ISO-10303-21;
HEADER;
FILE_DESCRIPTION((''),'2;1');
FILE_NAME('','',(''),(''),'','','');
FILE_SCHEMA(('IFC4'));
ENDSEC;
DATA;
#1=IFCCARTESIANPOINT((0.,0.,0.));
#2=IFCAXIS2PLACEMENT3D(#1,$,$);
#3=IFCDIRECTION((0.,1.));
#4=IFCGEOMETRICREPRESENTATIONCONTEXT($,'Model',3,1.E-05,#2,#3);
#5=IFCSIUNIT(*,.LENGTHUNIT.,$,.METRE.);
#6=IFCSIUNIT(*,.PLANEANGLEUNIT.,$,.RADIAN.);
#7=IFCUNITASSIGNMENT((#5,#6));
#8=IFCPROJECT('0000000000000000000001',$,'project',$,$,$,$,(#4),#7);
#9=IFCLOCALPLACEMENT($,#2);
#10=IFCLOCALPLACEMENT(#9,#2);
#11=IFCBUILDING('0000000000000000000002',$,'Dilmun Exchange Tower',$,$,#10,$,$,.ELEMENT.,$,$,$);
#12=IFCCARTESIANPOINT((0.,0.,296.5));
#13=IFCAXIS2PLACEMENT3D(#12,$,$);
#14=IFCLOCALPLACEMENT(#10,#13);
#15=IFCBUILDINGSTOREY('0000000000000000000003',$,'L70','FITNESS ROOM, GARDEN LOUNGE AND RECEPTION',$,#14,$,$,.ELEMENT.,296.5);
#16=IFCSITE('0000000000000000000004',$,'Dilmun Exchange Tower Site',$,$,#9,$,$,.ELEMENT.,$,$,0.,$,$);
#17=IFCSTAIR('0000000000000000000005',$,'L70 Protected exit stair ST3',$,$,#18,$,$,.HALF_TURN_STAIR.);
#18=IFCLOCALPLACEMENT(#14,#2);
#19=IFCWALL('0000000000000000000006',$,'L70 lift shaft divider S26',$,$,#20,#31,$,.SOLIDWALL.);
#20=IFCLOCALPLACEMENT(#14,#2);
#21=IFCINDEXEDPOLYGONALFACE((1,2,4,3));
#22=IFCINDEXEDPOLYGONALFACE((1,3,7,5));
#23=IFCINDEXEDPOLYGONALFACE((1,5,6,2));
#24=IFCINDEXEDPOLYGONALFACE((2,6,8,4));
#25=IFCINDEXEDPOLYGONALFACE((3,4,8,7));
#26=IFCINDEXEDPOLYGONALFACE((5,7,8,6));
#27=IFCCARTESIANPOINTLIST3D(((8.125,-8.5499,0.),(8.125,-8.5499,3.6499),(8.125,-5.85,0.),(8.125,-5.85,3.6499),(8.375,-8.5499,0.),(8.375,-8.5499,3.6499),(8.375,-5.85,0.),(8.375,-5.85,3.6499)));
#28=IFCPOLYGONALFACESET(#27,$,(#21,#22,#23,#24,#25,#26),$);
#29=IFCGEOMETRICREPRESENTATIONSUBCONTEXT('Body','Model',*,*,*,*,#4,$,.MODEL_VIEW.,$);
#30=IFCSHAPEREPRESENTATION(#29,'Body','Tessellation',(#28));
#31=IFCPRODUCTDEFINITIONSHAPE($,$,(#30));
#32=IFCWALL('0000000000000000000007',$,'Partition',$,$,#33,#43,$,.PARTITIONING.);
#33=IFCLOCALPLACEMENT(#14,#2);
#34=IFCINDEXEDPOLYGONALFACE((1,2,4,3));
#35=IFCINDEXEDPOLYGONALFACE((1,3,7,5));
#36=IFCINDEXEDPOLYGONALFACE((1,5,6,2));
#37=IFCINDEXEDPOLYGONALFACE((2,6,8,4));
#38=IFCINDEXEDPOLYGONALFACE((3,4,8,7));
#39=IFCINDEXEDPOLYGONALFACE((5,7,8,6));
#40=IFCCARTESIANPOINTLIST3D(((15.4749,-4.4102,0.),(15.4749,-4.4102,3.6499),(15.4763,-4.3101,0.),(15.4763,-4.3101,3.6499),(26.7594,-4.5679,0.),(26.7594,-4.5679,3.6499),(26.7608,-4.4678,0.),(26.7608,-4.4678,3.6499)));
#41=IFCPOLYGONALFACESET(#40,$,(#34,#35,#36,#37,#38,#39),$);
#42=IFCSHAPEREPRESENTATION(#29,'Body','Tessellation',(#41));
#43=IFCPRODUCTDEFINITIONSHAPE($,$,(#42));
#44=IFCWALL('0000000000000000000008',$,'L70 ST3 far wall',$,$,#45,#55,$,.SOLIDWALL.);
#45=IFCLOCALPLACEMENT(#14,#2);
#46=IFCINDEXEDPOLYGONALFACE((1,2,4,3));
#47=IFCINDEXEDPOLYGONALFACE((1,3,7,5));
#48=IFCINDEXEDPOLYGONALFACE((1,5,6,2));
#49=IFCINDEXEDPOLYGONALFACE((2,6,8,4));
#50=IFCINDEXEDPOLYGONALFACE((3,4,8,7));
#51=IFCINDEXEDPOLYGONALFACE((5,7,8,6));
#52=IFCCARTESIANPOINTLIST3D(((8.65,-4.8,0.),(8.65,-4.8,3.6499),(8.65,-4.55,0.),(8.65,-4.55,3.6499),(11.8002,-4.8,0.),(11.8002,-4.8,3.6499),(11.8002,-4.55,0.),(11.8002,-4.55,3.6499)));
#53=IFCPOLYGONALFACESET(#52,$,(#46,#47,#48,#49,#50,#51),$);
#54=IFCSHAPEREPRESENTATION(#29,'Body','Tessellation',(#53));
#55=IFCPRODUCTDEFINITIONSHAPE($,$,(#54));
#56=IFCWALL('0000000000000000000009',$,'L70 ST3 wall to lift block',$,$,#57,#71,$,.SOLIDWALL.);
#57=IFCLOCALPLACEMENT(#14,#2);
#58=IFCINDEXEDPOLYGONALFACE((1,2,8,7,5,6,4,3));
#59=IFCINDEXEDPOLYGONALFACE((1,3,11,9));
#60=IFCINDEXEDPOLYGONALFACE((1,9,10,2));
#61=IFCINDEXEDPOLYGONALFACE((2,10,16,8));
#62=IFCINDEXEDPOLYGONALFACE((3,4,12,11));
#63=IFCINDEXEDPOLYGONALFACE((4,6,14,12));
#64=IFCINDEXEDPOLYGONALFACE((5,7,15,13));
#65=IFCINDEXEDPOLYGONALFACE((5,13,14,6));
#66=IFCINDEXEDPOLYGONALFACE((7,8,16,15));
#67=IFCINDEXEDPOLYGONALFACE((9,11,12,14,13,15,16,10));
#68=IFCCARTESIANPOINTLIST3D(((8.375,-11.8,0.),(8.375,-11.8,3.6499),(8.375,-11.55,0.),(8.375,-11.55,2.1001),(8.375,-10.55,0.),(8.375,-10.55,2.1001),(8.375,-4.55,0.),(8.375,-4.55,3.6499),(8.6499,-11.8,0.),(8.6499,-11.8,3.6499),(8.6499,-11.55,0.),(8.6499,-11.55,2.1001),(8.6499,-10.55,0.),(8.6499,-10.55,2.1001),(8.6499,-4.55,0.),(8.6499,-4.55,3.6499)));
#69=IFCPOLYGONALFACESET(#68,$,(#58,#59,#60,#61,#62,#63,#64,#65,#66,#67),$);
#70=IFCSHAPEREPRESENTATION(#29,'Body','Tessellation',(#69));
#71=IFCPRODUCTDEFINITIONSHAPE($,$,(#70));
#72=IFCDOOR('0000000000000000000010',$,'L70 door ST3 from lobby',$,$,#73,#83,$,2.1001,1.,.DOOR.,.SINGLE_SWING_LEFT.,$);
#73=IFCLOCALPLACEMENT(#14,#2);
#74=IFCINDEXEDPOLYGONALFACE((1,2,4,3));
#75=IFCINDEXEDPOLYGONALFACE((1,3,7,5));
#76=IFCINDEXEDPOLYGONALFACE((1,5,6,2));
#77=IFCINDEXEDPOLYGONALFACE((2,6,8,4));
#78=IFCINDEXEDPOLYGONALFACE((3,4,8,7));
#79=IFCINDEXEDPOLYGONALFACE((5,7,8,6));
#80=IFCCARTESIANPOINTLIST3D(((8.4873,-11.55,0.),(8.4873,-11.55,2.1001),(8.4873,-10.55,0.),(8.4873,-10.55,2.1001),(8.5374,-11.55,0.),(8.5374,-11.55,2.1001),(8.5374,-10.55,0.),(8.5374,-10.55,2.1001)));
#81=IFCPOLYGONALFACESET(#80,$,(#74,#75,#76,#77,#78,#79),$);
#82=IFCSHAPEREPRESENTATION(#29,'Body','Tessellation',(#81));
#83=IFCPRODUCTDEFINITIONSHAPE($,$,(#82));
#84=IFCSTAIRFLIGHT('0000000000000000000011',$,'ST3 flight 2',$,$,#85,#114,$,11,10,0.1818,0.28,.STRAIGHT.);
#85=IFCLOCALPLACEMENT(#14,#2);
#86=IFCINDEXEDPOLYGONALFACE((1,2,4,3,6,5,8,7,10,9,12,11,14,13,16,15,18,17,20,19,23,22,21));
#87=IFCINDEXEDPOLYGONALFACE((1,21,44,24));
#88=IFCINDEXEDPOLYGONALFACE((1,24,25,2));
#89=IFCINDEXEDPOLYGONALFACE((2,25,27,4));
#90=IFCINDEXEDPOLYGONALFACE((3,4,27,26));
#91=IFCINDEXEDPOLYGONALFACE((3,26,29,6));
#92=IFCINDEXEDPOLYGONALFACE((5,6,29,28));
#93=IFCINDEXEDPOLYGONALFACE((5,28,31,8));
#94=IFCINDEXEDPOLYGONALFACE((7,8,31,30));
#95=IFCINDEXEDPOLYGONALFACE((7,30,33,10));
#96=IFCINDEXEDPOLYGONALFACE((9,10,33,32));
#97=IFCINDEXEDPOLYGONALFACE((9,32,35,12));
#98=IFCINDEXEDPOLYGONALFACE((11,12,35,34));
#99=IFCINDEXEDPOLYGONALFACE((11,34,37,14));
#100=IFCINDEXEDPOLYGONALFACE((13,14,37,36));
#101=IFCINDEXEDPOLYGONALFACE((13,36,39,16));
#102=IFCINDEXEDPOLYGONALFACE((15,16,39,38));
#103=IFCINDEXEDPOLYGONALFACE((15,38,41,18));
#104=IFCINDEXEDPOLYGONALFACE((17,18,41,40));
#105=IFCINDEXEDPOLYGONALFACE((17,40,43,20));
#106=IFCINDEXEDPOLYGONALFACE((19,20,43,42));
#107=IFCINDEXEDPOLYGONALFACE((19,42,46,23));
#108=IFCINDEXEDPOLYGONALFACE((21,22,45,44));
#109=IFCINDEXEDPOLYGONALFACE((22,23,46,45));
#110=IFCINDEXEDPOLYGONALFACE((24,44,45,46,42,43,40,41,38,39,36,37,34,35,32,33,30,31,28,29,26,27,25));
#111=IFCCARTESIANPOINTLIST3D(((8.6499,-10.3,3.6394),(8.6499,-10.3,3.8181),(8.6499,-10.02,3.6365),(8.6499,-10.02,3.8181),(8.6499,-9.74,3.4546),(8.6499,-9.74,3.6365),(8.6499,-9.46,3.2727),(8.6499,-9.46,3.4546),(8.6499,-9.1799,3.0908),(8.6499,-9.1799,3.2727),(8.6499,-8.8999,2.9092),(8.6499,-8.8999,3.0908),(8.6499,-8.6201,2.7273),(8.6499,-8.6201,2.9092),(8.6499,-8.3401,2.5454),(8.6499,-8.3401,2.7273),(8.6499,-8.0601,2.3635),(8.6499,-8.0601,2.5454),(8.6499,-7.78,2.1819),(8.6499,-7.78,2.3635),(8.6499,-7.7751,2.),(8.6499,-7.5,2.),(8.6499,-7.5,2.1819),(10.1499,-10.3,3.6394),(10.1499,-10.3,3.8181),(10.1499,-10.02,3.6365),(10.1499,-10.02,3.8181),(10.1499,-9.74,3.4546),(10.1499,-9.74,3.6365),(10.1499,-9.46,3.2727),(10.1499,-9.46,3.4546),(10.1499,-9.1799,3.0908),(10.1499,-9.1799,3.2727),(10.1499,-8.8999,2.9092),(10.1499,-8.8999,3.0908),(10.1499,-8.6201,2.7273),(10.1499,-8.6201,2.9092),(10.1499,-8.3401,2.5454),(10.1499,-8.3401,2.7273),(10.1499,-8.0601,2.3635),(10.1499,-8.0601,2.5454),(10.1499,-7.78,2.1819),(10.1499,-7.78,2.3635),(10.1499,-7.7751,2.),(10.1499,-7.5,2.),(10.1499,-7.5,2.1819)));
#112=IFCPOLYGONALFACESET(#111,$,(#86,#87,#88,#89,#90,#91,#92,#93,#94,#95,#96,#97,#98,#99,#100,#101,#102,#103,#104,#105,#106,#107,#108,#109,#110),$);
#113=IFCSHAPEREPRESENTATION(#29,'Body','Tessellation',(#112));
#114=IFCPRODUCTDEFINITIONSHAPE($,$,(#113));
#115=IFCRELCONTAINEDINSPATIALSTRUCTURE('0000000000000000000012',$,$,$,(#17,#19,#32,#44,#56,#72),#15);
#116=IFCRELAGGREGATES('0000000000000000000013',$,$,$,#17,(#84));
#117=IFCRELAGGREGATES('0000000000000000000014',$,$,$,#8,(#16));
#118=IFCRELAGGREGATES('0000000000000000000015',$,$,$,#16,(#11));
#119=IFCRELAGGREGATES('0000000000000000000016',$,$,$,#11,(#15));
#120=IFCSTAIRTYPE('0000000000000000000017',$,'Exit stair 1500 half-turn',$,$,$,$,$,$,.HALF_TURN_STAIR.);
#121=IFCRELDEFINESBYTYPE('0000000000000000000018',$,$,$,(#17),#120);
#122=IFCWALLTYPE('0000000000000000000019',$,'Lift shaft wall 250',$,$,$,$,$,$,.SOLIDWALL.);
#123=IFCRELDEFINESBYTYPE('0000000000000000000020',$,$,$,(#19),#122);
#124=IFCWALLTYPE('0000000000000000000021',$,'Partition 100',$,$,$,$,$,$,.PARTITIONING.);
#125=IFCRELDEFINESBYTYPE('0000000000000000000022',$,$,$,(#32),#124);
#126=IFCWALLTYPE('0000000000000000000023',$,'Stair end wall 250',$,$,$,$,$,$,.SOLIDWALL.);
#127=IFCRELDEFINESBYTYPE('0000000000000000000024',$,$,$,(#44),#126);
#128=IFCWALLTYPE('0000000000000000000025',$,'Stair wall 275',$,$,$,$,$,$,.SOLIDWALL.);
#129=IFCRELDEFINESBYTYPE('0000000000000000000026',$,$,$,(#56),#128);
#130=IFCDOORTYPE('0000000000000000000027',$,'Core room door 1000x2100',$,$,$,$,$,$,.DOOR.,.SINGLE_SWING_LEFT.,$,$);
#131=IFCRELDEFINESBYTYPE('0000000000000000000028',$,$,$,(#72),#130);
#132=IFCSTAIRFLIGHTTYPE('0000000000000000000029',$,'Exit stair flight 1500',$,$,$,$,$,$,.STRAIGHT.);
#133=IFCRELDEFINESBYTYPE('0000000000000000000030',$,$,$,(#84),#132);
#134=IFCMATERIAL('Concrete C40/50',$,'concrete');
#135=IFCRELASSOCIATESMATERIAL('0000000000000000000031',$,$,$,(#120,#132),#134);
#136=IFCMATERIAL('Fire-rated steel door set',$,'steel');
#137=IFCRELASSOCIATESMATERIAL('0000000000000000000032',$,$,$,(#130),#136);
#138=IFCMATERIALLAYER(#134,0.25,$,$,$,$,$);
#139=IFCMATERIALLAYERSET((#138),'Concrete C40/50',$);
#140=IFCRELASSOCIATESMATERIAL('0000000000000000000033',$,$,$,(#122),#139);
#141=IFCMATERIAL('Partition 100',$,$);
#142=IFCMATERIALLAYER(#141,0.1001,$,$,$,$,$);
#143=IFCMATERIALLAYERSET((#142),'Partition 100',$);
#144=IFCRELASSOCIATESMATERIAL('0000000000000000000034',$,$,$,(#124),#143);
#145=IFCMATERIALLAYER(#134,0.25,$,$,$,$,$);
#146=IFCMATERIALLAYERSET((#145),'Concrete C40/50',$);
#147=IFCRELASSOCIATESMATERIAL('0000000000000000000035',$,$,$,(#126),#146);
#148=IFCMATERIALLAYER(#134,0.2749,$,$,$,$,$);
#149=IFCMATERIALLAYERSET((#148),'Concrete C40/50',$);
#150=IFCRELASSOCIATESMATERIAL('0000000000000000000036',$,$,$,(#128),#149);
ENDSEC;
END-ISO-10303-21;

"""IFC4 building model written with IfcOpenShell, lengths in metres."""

from ifc_helpers import new_model, si_unit, direction, frame, frame_2d, origin, place, context, subcontext, project, spatial, polyline, rectangle, outline, extrude, material, layer, layer_set, type_object, element, fill, aggregate, save


model = new_model("IFC4")

# Units and contexts
model_context = context("Model", 3, precision=1e-05, world=origin(), true_north=direction((0.0, 1.0)))
body_context = subcontext(model_context, "Body", "Model", "MODEL_VIEW")
ifc_project = project(units=[si_unit("LENGTHUNIT", "METRE"), si_unit("PLANEANGLEUNIT", "RADIAN")], contexts=[model_context])

# Site, building, storey
site_placement = place(None, origin())
site = spatial("IfcSite", under=ifc_project, at=site_placement, Name="Dilmun Exchange Tower Site", CompositionType="ELEMENT", RefElevation=0.0)
building_placement = place(site_placement, origin())
building = spatial("IfcBuilding", under=site, at=building_placement, Name="Dilmun Exchange Tower", CompositionType="ELEMENT")
storey_placement = place(building_placement, frame((0.0, 0.0, 296.5)))
storey = spatial("IfcBuildingStorey", under=building, at=storey_placement, Name="L70", Description="FITNESS ROOM, GARDEN LOUNGE AND RECEPTION", CompositionType="ELEMENT", Elevation=296.5)

# Shared definitions
ifc_material_1 = material(Name="Concrete C40/50", Category="concrete")

# Stair
stair_type = type_object("IfcStairType", Name="Exit stair 1500 half-turn", PredefinedType="HALF_TURN_STAIR", material=ifc_material_1)
stair_1_placement = place(storey_placement, origin())
stair_1 = element("IfcStair", 1, at=stair_1_placement, inside=storey, type_object=stair_type, Name="L70 Protected exit stair ST3", PredefinedType="HALF_TURN_STAIR")

# Shared definitions
ifc_material_2 = material(Name="Fire-rated steel door set", Category="steel")
door_type_1 = type_object("IfcDoorType", Name="Core room door 1000x2100", OperationType="SINGLE_SWING_LEFT", PredefinedType="DOOR", material=ifc_material_2)

# Walls
ifc_layer_1 = layer(ifc_material_1, 0.25)
ifc_layer_set_1 = layer_set([ifc_layer_1], Name="Concrete C40/50")
wall_type_1 = type_object("IfcWallType", Name="Lift shaft wall 250", PredefinedType="SOLIDWALL", material=ifc_layer_set_1)
for number, where, z_axis, x_axis, name in (
    (2, (8.25, -8.55, 0.0), (0.0, 0.0, 1.0), (0.0, 1.0, 0.0), "L70 lift shaft divider S26"),
):
    element("IfcWall", number, at=place(storey_placement, frame(where, z_axis=z_axis, x_axis=x_axis)), inside=storey, type_object=wall_type_1, Name=name, PredefinedType="SOLIDWALL", context=body_context, shape_type="SweptSolid", body=[
        extrude(rectangle(XDim=2.7, YDim=0.25, at=frame_2d((1.3501, 0.0))), origin(), (0.0, 0.0, 1.0), 3.6499),
    ])
ifc_material_3 = material(Name="Partition 100")
ifc_layer_2 = layer(ifc_material_3, 0.1001)
ifc_layer_set_2 = layer_set([ifc_layer_2], Name="Partition 100")
wall_type_2 = type_object("IfcWallType", Name="Partition 100", PredefinedType="PARTITIONING", material=ifc_layer_set_2)
wall_1_placement = place(storey_placement, frame((15.4756, -4.3601, 0.0), z_axis=(0.0, 0.0, 1.0), x_axis=(0.999902, -0.013975, 0.0)))
element("IfcWall", 3, at=wall_1_placement, inside=storey, type_object=wall_type_2, Name="Partition", PredefinedType="PARTITIONING", context=body_context, shape_type="SweptSolid", body=[
    extrude(rectangle(XDim=11.2856, YDim=0.1001, at=frame_2d((5.6428, 0.0))), origin(), (0.0, 0.0, 1.0), 3.6499),
])
ifc_layer_3 = layer(ifc_material_1, 0.25)
ifc_layer_set_3 = layer_set([ifc_layer_3], Name="Concrete C40/50")
wall_type_3 = type_object("IfcWallType", Name="Stair end wall 250", PredefinedType="SOLIDWALL", material=ifc_layer_set_3)
wall_2_placement = place(storey_placement, frame((8.6499, -4.675, 0.0), z_axis=(0.0, 0.0, 1.0), x_axis=(1.0, 0.0, 0.0)))
element("IfcWall", 4, at=wall_2_placement, inside=storey, type_object=wall_type_3, Name="L70 ST3 far wall", PredefinedType="SOLIDWALL", context=body_context, shape_type="SweptSolid", body=[
    extrude(rectangle(XDim=3.1501, YDim=0.25, at=frame_2d((1.5752, 0.0))), origin(), (0.0, 0.0, 1.0), 3.6499),
])

# Wall, opening, door
ifc_layer_4 = layer(ifc_material_1, 0.2749)
ifc_layer_set_4 = layer_set([ifc_layer_4], Name="Concrete C40/50")
wall_type_4 = type_object("IfcWallType", Name="Stair wall 275", PredefinedType="SOLIDWALL", material=ifc_layer_set_4)
wall_3_placement = place(storey_placement, frame((8.5125, -4.55, 0.0), z_axis=(0.0, 0.0, 1.0), x_axis=(0.0, -1.0, 0.0)))
wall_3 = element("IfcWall", 5, at=wall_3_placement, inside=storey, type_object=wall_type_4, Name="L70 ST3 wall to lift block", PredefinedType="SOLIDWALL", context=body_context, shape_type="SweptSolid", body=[
    extrude(rectangle(XDim=7.25, YDim=0.2749, at=frame_2d((3.625, 0.0))), origin(), (0.0, 0.0, 1.0), 3.6499),
])
opening_1_placement = place(wall_3_placement, frame((6.0, 0.0, 0.0)))
opening_1 = element("IfcOpeningElement", 6, at=opening_1_placement, cuts=wall_3, PredefinedType="OPENING", context=body_context, shape_type="SweptSolid", body=[
    extrude(rectangle(XDim=1.0, YDim=2.1001, at=frame_2d((0.5, 1.05))), frame((0.0, 0.1475, 0.0), z_axis=(0.0, -1.0, 0.0), x_axis=(1.0, 0.0, 0.0)), (0.0, 0.0, 1.0), 0.2949),
])
door_1_placement = place(opening_1_placement, origin())
door_1 = element("IfcDoor", 7, at=door_1_placement, inside=storey, type_object=door_type_1, Name="L70 door ST3 from lobby", OperationType="SINGLE_SWING_LEFT", OverallHeight=2.1001, OverallWidth=1.0, PredefinedType="DOOR", context=body_context, shape_type="SweptSolid", body=[
    extrude(rectangle(XDim=1.0, YDim=2.1001, at=frame_2d((0.5, 1.05))), frame((0.0, 0.0249, 0.0), z_axis=(0.0, -1.0, 0.0), x_axis=(1.0, 0.0, 0.0)), (0.0, 0.0, 1.0), 0.05),
])
fill(opening_1, door_1)

# Stair flight
stair_flight_type = type_object("IfcStairFlightType", Name="Exit stair flight 1500", PredefinedType="STRAIGHT", material=ifc_material_1)
stair_flight_placement = place(storey_placement, frame((9.3999, -7.5, 2.0), z_axis=(0.0, 0.0, 1.0), x_axis=(0.0, -1.0, 0.0)))
stair_flight = element("IfcStairFlight", 8, at=stair_flight_placement, type_object=stair_flight_type, Name="ST3 flight 2", NumberOfRisers=11, NumberOfTreads=10, PredefinedType="STRAIGHT", RiserHeight=0.1818, TreadLength=0.28, context=body_context, shape_type="SweptSolid", body=[
    extrude(outline(polyline([(0.0, 0.0), (0.0, 0.1819), (0.28, 0.1819), (0.28, 0.3635), (0.5601, 0.3635), (0.5601, 0.5454), (0.8401, 0.5454), (0.8401, 0.7273), (1.1201, 0.7273), (1.1201, 0.9092), (1.3999, 0.9092), (1.3999, 1.0908), (1.6799, 1.0908), (1.6799, 1.2727), (1.96, 1.2727), (1.96, 1.4546), (2.24, 1.4546), (2.24, 1.6365), (2.52, 1.6365), (2.52, 1.8181), (2.8, 1.8181), (2.8, 2.0), (2.8, 1.6394), (0.2751, 0.0), (0.0, 0.0)])), frame((0.0, 0.75, 0.0), z_axis=(0.0, -1.0, 0.0), x_axis=(1.0, 0.0, 0.0)), (0.0, 0.0, 1.0), 1.5),
])
aggregate(stair_1, [stair_flight])

save(model, "model.ifc")
